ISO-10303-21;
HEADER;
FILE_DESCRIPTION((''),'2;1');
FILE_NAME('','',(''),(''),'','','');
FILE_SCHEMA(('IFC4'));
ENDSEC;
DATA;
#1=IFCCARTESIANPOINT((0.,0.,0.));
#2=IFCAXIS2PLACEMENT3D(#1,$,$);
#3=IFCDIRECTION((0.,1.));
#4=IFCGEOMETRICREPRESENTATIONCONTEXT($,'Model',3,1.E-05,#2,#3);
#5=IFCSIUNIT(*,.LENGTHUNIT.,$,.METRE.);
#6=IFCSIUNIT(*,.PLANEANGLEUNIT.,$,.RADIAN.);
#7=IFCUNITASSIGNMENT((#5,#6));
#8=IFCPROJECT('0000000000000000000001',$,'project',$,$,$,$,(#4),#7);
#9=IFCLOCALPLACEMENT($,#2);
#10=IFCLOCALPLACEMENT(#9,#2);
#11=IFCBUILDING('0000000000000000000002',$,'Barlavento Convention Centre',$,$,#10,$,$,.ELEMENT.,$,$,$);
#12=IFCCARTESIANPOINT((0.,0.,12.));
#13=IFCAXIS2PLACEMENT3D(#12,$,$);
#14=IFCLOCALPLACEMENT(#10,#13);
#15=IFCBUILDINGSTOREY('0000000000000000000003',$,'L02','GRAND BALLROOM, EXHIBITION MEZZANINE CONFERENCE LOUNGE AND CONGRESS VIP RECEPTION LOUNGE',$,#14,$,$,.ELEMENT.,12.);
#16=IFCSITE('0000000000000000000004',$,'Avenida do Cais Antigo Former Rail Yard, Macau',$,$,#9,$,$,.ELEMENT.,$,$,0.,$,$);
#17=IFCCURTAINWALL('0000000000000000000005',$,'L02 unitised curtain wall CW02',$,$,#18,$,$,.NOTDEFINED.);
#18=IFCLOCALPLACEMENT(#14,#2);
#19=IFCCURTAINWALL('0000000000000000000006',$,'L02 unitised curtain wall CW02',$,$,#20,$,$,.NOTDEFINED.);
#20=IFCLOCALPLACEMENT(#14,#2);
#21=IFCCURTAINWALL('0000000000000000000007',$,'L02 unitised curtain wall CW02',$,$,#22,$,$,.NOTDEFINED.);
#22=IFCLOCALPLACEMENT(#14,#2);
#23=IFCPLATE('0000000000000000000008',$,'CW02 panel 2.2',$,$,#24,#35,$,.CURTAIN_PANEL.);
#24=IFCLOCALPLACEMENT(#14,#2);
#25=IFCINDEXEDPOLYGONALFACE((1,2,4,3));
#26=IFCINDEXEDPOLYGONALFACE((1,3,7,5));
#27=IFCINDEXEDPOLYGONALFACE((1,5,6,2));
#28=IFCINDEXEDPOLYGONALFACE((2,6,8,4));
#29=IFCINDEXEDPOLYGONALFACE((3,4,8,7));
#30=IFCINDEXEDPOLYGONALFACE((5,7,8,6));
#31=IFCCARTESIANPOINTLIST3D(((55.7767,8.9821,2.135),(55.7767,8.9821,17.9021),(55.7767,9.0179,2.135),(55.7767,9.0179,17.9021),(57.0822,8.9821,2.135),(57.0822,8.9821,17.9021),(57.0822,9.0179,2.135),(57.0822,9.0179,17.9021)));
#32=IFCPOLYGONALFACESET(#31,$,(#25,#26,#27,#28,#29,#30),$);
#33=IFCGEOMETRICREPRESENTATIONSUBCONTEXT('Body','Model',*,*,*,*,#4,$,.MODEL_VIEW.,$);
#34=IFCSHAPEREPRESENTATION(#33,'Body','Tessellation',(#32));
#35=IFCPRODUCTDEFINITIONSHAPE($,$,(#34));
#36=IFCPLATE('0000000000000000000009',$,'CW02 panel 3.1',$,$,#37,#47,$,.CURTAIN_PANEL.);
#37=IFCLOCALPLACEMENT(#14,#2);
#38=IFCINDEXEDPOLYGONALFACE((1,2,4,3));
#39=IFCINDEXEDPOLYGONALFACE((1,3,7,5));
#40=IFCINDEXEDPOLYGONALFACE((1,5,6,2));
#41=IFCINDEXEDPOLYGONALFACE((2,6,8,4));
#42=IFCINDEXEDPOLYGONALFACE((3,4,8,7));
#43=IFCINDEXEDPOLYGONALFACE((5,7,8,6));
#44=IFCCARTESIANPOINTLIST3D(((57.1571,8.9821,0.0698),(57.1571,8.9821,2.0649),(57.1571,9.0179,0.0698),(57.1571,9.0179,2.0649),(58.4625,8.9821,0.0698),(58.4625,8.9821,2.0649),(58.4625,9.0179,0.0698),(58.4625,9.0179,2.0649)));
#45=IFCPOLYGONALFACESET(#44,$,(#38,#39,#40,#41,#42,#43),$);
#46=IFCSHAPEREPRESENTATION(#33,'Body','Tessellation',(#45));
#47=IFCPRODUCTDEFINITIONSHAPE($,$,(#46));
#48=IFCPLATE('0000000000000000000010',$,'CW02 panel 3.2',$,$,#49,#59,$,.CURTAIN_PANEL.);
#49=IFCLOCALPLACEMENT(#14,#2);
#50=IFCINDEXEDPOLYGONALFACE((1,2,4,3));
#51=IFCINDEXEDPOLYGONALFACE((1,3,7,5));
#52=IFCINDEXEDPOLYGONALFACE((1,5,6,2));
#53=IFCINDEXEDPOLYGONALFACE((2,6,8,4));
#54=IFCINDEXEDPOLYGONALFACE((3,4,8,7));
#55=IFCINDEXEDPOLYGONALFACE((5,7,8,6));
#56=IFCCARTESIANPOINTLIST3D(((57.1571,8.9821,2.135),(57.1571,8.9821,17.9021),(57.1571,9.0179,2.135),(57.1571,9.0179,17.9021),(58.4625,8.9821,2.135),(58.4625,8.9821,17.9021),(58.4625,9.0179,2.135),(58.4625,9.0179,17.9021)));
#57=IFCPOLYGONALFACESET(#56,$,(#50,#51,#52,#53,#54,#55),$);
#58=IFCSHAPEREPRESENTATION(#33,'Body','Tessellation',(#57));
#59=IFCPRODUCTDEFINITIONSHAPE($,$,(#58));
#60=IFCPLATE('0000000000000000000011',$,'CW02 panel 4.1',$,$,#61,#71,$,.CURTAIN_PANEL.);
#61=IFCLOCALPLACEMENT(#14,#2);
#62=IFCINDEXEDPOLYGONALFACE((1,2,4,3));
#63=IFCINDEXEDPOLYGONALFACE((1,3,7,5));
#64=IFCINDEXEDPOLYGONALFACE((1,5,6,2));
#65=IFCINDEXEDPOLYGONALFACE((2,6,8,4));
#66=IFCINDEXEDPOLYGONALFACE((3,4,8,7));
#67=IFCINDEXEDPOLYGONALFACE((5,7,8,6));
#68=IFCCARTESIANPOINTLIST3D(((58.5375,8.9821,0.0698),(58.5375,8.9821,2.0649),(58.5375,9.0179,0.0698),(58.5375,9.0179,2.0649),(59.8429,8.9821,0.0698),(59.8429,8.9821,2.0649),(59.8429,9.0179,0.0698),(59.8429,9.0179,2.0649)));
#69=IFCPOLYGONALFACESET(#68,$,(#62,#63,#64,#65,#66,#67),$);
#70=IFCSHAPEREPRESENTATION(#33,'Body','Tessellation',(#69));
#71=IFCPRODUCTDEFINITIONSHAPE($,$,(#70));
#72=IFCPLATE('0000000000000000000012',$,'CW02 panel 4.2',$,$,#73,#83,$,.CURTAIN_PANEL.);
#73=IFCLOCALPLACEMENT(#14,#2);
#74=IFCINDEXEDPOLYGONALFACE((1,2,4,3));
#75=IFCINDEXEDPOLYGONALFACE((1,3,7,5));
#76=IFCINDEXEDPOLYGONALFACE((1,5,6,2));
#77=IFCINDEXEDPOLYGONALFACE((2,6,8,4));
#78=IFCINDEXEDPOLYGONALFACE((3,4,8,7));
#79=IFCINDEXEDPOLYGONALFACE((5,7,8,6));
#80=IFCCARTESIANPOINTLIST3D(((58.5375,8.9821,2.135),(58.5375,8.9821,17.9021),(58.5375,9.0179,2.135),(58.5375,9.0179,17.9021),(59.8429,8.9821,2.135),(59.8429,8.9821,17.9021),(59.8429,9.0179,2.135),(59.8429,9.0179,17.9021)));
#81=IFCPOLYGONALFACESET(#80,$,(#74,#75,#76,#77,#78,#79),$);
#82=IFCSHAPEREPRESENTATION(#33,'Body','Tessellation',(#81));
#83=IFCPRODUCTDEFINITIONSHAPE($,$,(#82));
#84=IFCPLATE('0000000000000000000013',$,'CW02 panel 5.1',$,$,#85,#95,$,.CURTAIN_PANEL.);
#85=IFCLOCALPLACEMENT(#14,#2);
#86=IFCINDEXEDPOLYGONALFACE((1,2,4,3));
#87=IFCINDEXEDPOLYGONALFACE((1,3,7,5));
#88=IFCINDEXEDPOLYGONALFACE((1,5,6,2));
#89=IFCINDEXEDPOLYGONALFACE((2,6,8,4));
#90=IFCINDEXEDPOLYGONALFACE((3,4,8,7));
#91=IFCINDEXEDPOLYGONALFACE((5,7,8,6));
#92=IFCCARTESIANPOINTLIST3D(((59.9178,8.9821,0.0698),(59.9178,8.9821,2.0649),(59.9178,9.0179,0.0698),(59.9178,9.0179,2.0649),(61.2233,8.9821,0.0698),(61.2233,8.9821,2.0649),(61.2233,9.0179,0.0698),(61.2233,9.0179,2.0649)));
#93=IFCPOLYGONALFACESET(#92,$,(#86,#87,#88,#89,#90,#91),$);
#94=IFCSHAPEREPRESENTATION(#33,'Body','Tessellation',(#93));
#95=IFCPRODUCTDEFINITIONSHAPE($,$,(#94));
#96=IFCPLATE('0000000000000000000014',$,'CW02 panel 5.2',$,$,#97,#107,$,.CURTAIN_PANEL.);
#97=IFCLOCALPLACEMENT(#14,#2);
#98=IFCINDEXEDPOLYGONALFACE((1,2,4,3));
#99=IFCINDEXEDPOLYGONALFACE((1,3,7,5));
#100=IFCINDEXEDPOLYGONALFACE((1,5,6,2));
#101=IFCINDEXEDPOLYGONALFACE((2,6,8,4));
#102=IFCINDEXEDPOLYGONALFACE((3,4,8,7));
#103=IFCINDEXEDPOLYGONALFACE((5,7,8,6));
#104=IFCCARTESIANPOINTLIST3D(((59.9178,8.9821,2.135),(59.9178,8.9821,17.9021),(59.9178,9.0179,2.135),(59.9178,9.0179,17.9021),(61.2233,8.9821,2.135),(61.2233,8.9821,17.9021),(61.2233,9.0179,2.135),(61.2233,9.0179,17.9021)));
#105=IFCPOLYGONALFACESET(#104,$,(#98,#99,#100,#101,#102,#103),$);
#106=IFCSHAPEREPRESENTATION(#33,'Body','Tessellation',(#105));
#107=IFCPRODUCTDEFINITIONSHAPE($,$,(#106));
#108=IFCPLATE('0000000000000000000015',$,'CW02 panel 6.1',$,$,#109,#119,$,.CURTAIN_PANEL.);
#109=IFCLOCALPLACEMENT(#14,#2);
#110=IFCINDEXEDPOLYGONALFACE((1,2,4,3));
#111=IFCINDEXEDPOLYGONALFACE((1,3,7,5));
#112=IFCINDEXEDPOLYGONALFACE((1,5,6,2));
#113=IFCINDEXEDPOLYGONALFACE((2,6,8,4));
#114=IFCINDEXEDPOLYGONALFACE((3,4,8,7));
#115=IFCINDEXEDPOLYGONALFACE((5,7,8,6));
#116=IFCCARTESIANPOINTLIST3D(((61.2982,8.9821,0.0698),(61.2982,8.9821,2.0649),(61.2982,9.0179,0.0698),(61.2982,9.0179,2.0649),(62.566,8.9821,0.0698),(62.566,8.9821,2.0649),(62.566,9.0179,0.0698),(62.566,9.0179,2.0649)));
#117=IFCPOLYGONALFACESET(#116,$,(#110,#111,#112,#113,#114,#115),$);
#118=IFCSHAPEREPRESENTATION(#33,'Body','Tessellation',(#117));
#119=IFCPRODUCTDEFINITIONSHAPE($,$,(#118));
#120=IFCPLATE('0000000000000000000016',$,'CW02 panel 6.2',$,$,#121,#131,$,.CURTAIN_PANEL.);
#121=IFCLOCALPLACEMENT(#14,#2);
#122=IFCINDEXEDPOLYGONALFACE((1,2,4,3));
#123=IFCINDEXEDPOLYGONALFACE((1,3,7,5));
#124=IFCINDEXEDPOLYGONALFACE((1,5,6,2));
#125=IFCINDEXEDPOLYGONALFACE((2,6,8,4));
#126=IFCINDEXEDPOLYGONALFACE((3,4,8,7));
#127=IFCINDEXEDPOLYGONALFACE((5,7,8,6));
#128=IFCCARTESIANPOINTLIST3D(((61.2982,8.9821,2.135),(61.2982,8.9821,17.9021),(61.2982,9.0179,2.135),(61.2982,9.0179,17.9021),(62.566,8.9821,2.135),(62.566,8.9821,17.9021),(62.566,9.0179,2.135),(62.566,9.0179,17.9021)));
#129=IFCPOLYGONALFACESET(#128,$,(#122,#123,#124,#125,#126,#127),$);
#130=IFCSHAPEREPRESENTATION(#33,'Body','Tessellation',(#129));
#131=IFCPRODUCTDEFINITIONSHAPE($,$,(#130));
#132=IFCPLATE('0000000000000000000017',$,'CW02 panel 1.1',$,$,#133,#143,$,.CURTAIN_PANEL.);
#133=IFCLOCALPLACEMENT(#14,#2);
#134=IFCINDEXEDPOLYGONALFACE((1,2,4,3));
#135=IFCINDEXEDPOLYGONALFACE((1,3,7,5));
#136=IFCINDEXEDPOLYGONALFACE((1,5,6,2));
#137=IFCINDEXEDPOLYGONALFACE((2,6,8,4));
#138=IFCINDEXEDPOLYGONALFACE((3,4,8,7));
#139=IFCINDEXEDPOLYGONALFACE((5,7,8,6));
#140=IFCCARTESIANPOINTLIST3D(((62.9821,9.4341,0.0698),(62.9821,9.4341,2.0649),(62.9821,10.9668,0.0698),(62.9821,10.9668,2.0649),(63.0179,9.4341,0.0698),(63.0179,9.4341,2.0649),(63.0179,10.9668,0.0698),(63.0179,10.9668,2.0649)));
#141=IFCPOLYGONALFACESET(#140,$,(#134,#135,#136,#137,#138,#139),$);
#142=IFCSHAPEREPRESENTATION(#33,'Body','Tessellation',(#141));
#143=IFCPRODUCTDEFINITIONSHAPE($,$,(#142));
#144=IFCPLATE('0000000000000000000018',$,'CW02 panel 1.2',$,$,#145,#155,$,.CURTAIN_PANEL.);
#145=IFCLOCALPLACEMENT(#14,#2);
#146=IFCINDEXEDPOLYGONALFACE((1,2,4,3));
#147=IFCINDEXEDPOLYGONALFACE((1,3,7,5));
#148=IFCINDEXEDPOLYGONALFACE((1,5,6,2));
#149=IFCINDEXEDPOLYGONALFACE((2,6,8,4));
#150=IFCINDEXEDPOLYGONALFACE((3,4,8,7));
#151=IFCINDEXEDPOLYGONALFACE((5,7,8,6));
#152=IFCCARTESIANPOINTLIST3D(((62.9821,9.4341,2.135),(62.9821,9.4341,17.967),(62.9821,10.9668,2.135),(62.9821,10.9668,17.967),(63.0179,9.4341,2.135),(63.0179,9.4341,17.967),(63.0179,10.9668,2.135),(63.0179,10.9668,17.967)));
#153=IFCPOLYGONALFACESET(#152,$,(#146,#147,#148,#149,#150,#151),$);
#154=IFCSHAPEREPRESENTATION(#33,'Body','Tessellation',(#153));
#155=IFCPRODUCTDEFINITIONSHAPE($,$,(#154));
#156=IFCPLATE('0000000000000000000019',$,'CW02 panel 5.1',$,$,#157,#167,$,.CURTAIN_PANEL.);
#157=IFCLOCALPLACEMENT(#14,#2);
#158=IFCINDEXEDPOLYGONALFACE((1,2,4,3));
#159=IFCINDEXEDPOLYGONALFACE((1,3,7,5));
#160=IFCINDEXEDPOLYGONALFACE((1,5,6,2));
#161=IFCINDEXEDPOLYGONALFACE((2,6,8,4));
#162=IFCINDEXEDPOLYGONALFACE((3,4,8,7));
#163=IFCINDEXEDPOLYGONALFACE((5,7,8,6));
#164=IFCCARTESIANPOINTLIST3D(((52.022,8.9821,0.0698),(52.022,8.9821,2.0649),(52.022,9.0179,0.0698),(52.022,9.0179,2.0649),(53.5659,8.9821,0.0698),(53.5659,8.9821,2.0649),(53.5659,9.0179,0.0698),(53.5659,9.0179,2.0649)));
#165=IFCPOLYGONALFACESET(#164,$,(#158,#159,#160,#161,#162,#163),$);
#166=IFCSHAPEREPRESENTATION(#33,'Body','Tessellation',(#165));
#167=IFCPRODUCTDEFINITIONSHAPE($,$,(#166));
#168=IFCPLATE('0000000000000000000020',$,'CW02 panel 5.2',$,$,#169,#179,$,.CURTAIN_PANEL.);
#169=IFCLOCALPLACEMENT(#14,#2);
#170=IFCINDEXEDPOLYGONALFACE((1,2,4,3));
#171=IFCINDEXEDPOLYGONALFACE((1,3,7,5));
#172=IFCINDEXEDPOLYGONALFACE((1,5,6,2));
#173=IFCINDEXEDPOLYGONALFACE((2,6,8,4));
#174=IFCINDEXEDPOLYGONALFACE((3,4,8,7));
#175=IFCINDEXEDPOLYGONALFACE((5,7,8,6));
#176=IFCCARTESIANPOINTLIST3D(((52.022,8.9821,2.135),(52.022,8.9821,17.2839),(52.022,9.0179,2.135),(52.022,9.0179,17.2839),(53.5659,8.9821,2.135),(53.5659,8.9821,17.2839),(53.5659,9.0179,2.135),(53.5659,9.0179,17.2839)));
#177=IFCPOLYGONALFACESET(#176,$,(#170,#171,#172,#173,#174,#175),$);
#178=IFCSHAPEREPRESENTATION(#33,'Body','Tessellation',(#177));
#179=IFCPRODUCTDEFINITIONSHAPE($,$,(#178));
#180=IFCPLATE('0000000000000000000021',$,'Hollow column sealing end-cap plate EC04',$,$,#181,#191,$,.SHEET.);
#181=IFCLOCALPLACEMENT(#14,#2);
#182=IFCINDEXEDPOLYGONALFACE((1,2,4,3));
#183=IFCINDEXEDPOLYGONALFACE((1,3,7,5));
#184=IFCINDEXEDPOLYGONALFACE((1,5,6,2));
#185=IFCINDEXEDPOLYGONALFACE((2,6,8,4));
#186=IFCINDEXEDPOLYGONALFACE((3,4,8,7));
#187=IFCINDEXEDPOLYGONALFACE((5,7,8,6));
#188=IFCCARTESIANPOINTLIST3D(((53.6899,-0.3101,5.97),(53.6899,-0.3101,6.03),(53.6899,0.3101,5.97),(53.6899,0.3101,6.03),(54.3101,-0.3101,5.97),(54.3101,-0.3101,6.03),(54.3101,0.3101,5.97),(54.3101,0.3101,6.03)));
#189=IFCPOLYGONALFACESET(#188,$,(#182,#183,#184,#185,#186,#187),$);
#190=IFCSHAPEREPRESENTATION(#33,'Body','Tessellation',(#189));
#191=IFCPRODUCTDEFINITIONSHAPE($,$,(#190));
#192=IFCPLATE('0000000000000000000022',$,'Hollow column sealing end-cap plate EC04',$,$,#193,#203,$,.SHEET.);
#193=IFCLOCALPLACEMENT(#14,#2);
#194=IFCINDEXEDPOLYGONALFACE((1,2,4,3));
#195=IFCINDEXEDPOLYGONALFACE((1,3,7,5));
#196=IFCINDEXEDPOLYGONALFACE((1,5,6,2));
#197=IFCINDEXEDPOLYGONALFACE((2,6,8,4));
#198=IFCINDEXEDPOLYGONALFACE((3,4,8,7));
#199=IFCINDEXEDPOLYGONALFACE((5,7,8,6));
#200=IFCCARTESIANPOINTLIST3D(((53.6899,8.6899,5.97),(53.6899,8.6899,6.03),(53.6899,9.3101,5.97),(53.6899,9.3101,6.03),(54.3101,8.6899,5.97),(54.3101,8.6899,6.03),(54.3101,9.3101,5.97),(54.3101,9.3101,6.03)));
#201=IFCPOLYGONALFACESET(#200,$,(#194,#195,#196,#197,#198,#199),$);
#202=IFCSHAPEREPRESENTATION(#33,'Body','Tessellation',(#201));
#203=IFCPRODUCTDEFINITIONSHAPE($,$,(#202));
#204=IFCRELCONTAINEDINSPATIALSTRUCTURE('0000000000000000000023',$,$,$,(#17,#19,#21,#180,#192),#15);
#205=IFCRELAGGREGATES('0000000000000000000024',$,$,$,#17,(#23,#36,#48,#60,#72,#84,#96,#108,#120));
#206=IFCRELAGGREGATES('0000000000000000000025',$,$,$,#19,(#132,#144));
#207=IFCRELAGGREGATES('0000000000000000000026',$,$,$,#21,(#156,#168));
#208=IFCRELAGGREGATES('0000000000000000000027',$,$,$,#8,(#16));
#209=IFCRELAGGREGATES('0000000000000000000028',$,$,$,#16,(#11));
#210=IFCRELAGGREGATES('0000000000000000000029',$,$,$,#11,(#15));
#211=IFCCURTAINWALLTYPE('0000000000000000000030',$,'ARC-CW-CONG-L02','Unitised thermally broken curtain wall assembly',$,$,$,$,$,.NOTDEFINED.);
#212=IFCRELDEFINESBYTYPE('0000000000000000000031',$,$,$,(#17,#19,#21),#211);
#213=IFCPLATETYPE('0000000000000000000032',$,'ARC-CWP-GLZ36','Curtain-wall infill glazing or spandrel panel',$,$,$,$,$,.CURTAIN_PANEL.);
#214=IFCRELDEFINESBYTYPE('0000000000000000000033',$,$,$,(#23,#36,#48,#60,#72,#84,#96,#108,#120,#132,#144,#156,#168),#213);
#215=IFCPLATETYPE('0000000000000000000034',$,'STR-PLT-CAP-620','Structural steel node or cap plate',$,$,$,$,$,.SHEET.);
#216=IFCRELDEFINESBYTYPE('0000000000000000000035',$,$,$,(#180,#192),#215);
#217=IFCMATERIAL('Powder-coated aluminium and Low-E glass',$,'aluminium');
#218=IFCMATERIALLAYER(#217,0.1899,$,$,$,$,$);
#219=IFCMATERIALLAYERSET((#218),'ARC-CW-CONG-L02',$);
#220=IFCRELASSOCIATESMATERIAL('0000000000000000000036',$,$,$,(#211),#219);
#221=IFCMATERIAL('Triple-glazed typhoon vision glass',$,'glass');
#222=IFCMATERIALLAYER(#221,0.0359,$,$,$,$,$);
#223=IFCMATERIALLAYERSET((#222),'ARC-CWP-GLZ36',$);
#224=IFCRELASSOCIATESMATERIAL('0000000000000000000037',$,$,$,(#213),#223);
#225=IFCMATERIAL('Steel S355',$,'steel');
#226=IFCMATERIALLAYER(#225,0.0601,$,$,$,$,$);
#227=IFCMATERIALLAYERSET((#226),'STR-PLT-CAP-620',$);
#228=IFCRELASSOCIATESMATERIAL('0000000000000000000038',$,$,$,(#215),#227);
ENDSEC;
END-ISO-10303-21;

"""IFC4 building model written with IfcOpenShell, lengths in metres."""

from ifc_helpers import new_model, si_unit, direction, frame, origin, origin_2d, place, context, subcontext, project, spatial, rectangle, extrude, material, layer, layer_set, type_object, element, aggregate, save


model = new_model("IFC4")

# Units and contexts
model_context = context("Model", 3, precision=1e-05, world=origin(), true_north=direction((0.0, 1.0)))
body_context = subcontext(model_context, "Body", "Model", "MODEL_VIEW")
ifc_project = project(units=[si_unit("LENGTHUNIT", "METRE"), si_unit("PLANEANGLEUNIT", "RADIAN")], contexts=[model_context])

# Site, building, storey
site_placement = place(None, origin())
site = spatial("IfcSite", under=ifc_project, at=site_placement, Name="Avenida do Cais Antigo Former Rail Yard, Macau", CompositionType="ELEMENT", RefElevation=0.0)
building_placement = place(site_placement, origin())
building = spatial("IfcBuilding", under=site, at=building_placement, Name="Barlavento Convention Centre", CompositionType="ELEMENT")
storey_placement = place(building_placement, frame((0.0, 0.0, 12.0)))
storey = spatial("IfcBuildingStorey", under=building, at=storey_placement, Name="L02", Description="GRAND BALLROOM, EXHIBITION MEZZANINE CONFERENCE LOUNGE AND CONGRESS VIP RECEPTION LOUNGE", CompositionType="ELEMENT", Elevation=12.0)

# Curtain walls
ifc_material_1 = material(Name="Powder-coated aluminium and Low-E glass", Category="aluminium")
ifc_layer_1 = layer(ifc_material_1, 0.1899)
ifc_layer_set_1 = layer_set([ifc_layer_1], Name="ARC-CW-CONG-L02")
curtain_wall_type = type_object("IfcCurtainWallType", Name="ARC-CW-CONG-L02", Description="Unitised thermally broken curtain wall assembly", PredefinedType="NOTDEFINED", material=ifc_layer_set_1)
curtain_wall_1_placement = place(storey_placement, origin())
curtain_wall_1 = element("IfcCurtainWall", 1, at=curtain_wall_1_placement, inside=storey, type_object=curtain_wall_type, Name="L02 unitised curtain wall CW02", PredefinedType="NOTDEFINED")
curtain_wall_2_placement = place(storey_placement, origin())
curtain_wall_2 = element("IfcCurtainWall", 2, at=curtain_wall_2_placement, inside=storey, type_object=curtain_wall_type, Name="L02 unitised curtain wall CW02", PredefinedType="NOTDEFINED")
curtain_wall_3_placement = place(storey_placement, origin())
curtain_wall_3 = element("IfcCurtainWall", 3, at=curtain_wall_3_placement, inside=storey, type_object=curtain_wall_type, Name="L02 unitised curtain wall CW02", PredefinedType="NOTDEFINED")

# Plates
ifc_material_2 = material(Name="Triple-glazed typhoon vision glass", Category="glass")
ifc_layer_2 = layer(ifc_material_2, 0.0359)
ifc_layer_set_2 = layer_set([ifc_layer_2], Name="ARC-CWP-GLZ36")
plate_type_1 = type_object("IfcPlateType", Name="ARC-CWP-GLZ36", Description="Curtain-wall infill glazing or spandrel panel", PredefinedType="CURTAIN_PANEL", material=ifc_layer_set_2)
plate_1_placement = place(storey_placement, frame((56.4294, 9.0, 2.135), z_axis=(0.0, 0.0, 1.0), x_axis=(1.0, 0.0, 0.0)))
plate_1 = element("IfcPlate", 4, at=plate_1_placement, type_object=plate_type_1, Name="CW02 panel 2.2", PredefinedType="CURTAIN_PANEL", context=body_context, shape_type="SweptSolid", body=[
    extrude(rectangle(XDim=1.3054, YDim=0.0359, at=origin_2d()), origin(), (0.0, 0.0, 1.0), 15.7671),
])
plate_2_placement = place(storey_placement, frame((57.8098, 9.0, 0.0698), z_axis=(0.0, 0.0, 1.0), x_axis=(1.0, 0.0, 0.0)))
plate_2 = element("IfcPlate", 5, at=plate_2_placement, type_object=plate_type_1, Name="CW02 panel 3.1", PredefinedType="CURTAIN_PANEL", context=body_context, shape_type="SweptSolid", body=[
    extrude(rectangle(XDim=1.3054, YDim=0.0359, at=origin_2d()), origin(), (0.0, 0.0, 1.0), 1.9951),
])
plate_3_placement = place(storey_placement, frame((57.8098, 9.0, 2.135), z_axis=(0.0, 0.0, 1.0), x_axis=(1.0, 0.0, 0.0)))
plate_3 = element("IfcPlate", 6, at=plate_3_placement, type_object=plate_type_1, Name="CW02 panel 3.2", PredefinedType="CURTAIN_PANEL", context=body_context, shape_type="SweptSolid", body=[
    extrude(rectangle(XDim=1.3054, YDim=0.0359, at=origin_2d()), origin(), (0.0, 0.0, 1.0), 15.7671),
])
plate_4_placement = place(storey_placement, frame((59.1902, 9.0, 0.0698), z_axis=(0.0, 0.0, 1.0), x_axis=(1.0, 0.0, 0.0)))
plate_4 = element("IfcPlate", 7, at=plate_4_placement, type_object=plate_type_1, Name="CW02 panel 4.1", PredefinedType="CURTAIN_PANEL", context=body_context, shape_type="SweptSolid", body=[
    extrude(rectangle(XDim=1.3054, YDim=0.0359, at=origin_2d()), origin(), (0.0, 0.0, 1.0), 1.9951),
])
plate_5_placement = place(storey_placement, frame((59.1902, 9.0, 2.135), z_axis=(0.0, 0.0, 1.0), x_axis=(1.0, 0.0, 0.0)))
plate_5 = element("IfcPlate", 8, at=plate_5_placement, type_object=plate_type_1, Name="CW02 panel 4.2", PredefinedType="CURTAIN_PANEL", context=body_context, shape_type="SweptSolid", body=[
    extrude(rectangle(XDim=1.3054, YDim=0.0359, at=origin_2d()), origin(), (0.0, 0.0, 1.0), 15.7671),
])
plate_6_placement = place(storey_placement, frame((60.5706, 9.0, 0.0698), z_axis=(0.0, 0.0, 1.0), x_axis=(1.0, 0.0, 0.0)))
plate_6 = element("IfcPlate", 9, at=plate_6_placement, type_object=plate_type_1, Name="CW02 panel 5.1", PredefinedType="CURTAIN_PANEL", context=body_context, shape_type="SweptSolid", body=[
    extrude(rectangle(XDim=1.3054, YDim=0.0359, at=origin_2d()), origin(), (0.0, 0.0, 1.0), 1.9951),
])
plate_7_placement = place(storey_placement, frame((60.5706, 9.0, 2.135), z_axis=(0.0, 0.0, 1.0), x_axis=(1.0, 0.0, 0.0)))
plate_7 = element("IfcPlate", 10, at=plate_7_placement, type_object=plate_type_1, Name="CW02 panel 5.2", PredefinedType="CURTAIN_PANEL", context=body_context, shape_type="SweptSolid", body=[
    extrude(rectangle(XDim=1.3054, YDim=0.0359, at=origin_2d()), origin(), (0.0, 0.0, 1.0), 15.7671),
])
plate_8_placement = place(storey_placement, frame((61.9321, 9.0, 0.0698), z_axis=(0.0, 0.0, 1.0), x_axis=(1.0, 0.0, 0.0)))
plate_8 = element("IfcPlate", 11, at=plate_8_placement, type_object=plate_type_1, Name="CW02 panel 6.1", PredefinedType="CURTAIN_PANEL", context=body_context, shape_type="SweptSolid", body=[
    extrude(rectangle(XDim=1.2678, YDim=0.0359, at=origin_2d()), origin(), (0.0, 0.0, 1.0), 1.9951),
])
plate_9_placement = place(storey_placement, frame((61.9321, 9.0, 2.135), z_axis=(0.0, 0.0, 1.0), x_axis=(1.0, 0.0, 0.0)))
plate_9 = element("IfcPlate", 12, at=plate_9_placement, type_object=plate_type_1, Name="CW02 panel 6.2", PredefinedType="CURTAIN_PANEL", context=body_context, shape_type="SweptSolid", body=[
    extrude(rectangle(XDim=1.2678, YDim=0.0359, at=origin_2d()), origin(), (0.0, 0.0, 1.0), 15.7671),
])
aggregate(curtain_wall_1, [plate_1, plate_2, plate_3, plate_4, plate_5, plate_6, plate_7, plate_8, plate_9])
plate_10_placement = place(storey_placement, frame((63.0, 10.2004, 0.0698), z_axis=(0.0, 0.0, 1.0), x_axis=(0.0, 1.0, 0.0)))
plate_10 = element("IfcPlate", 13, at=plate_10_placement, type_object=plate_type_1, Name="CW02 panel 1.1", PredefinedType="CURTAIN_PANEL", context=body_context, shape_type="SweptSolid", body=[
    extrude(rectangle(XDim=1.5327, YDim=0.0359, at=origin_2d()), origin(), (0.0, 0.0, 1.0), 1.9951),
])
plate_11_placement = place(storey_placement, frame((63.0, 10.2004, 2.135), z_axis=(0.0, 0.0, 1.0), x_axis=(0.0, 1.0, 0.0)))
plate_11 = element("IfcPlate", 14, at=plate_11_placement, type_object=plate_type_1, Name="CW02 panel 1.2", PredefinedType="CURTAIN_PANEL", context=body_context, shape_type="SweptSolid", body=[
    extrude(rectangle(XDim=1.5327, YDim=0.0359, at=origin_2d()), origin(), (0.0, 0.0, 1.0), 15.832),
])
aggregate(curtain_wall_2, [plate_10, plate_11])
plate_12_placement = place(storey_placement, frame((52.7939, 9.0, 0.0698), z_axis=(0.0, 0.0, 1.0), x_axis=(1.0, 0.0, 0.0)))
plate_12 = element("IfcPlate", 15, at=plate_12_placement, type_object=plate_type_1, Name="CW02 panel 5.1", PredefinedType="CURTAIN_PANEL", context=body_context, shape_type="SweptSolid", body=[
    extrude(rectangle(XDim=1.5439, YDim=0.0359, at=origin_2d()), origin(), (0.0, 0.0, 1.0), 1.9951),
])
plate_13_placement = place(storey_placement, frame((52.7939, 9.0, 2.135), z_axis=(0.0, 0.0, 1.0), x_axis=(1.0, 0.0, 0.0)))
plate_13 = element("IfcPlate", 16, at=plate_13_placement, type_object=plate_type_1, Name="CW02 panel 5.2", PredefinedType="CURTAIN_PANEL", context=body_context, shape_type="SweptSolid", body=[
    extrude(rectangle(XDim=1.5439, YDim=0.0359, at=origin_2d()), origin(), (0.0, 0.0, 1.0), 15.1489),
])
aggregate(curtain_wall_3, [plate_12, plate_13])

# Plates
ifc_material_3 = material(Name="Steel S355", Category="steel")
ifc_layer_3 = layer(ifc_material_3, 0.0601)
ifc_layer_set_3 = layer_set([ifc_layer_3], Name="STR-PLT-CAP-620")
plate_type_2 = type_object("IfcPlateType", Name="STR-PLT-CAP-620", Description="Structural steel node or cap plate", PredefinedType="SHEET", material=ifc_layer_set_3)
for number, where, z_axis, x_axis, name in (
    (17, (54.0, 0.0, 5.97), (0.0, 0.0, 1.0), (1.0, 0.0, 0.0), "Hollow column sealing end-cap plate EC04"),
    (18, (54.0, 9.0, 5.97), (0.0, 0.0, 1.0), (1.0, 0.0, 0.0), "Hollow column sealing end-cap plate EC04"),
):
    element("IfcPlate", number, at=place(storey_placement, frame(where, z_axis=z_axis, x_axis=x_axis)), inside=storey, type_object=plate_type_2, Name=name, PredefinedType="SHEET", context=body_context, shape_type="SweptSolid", body=[
        extrude(rectangle(XDim=0.6201, YDim=0.6201, at=origin_2d()), origin(), (0.0, 0.0, 1.0), 0.0601),
    ])

save(model, "model.ifc")
